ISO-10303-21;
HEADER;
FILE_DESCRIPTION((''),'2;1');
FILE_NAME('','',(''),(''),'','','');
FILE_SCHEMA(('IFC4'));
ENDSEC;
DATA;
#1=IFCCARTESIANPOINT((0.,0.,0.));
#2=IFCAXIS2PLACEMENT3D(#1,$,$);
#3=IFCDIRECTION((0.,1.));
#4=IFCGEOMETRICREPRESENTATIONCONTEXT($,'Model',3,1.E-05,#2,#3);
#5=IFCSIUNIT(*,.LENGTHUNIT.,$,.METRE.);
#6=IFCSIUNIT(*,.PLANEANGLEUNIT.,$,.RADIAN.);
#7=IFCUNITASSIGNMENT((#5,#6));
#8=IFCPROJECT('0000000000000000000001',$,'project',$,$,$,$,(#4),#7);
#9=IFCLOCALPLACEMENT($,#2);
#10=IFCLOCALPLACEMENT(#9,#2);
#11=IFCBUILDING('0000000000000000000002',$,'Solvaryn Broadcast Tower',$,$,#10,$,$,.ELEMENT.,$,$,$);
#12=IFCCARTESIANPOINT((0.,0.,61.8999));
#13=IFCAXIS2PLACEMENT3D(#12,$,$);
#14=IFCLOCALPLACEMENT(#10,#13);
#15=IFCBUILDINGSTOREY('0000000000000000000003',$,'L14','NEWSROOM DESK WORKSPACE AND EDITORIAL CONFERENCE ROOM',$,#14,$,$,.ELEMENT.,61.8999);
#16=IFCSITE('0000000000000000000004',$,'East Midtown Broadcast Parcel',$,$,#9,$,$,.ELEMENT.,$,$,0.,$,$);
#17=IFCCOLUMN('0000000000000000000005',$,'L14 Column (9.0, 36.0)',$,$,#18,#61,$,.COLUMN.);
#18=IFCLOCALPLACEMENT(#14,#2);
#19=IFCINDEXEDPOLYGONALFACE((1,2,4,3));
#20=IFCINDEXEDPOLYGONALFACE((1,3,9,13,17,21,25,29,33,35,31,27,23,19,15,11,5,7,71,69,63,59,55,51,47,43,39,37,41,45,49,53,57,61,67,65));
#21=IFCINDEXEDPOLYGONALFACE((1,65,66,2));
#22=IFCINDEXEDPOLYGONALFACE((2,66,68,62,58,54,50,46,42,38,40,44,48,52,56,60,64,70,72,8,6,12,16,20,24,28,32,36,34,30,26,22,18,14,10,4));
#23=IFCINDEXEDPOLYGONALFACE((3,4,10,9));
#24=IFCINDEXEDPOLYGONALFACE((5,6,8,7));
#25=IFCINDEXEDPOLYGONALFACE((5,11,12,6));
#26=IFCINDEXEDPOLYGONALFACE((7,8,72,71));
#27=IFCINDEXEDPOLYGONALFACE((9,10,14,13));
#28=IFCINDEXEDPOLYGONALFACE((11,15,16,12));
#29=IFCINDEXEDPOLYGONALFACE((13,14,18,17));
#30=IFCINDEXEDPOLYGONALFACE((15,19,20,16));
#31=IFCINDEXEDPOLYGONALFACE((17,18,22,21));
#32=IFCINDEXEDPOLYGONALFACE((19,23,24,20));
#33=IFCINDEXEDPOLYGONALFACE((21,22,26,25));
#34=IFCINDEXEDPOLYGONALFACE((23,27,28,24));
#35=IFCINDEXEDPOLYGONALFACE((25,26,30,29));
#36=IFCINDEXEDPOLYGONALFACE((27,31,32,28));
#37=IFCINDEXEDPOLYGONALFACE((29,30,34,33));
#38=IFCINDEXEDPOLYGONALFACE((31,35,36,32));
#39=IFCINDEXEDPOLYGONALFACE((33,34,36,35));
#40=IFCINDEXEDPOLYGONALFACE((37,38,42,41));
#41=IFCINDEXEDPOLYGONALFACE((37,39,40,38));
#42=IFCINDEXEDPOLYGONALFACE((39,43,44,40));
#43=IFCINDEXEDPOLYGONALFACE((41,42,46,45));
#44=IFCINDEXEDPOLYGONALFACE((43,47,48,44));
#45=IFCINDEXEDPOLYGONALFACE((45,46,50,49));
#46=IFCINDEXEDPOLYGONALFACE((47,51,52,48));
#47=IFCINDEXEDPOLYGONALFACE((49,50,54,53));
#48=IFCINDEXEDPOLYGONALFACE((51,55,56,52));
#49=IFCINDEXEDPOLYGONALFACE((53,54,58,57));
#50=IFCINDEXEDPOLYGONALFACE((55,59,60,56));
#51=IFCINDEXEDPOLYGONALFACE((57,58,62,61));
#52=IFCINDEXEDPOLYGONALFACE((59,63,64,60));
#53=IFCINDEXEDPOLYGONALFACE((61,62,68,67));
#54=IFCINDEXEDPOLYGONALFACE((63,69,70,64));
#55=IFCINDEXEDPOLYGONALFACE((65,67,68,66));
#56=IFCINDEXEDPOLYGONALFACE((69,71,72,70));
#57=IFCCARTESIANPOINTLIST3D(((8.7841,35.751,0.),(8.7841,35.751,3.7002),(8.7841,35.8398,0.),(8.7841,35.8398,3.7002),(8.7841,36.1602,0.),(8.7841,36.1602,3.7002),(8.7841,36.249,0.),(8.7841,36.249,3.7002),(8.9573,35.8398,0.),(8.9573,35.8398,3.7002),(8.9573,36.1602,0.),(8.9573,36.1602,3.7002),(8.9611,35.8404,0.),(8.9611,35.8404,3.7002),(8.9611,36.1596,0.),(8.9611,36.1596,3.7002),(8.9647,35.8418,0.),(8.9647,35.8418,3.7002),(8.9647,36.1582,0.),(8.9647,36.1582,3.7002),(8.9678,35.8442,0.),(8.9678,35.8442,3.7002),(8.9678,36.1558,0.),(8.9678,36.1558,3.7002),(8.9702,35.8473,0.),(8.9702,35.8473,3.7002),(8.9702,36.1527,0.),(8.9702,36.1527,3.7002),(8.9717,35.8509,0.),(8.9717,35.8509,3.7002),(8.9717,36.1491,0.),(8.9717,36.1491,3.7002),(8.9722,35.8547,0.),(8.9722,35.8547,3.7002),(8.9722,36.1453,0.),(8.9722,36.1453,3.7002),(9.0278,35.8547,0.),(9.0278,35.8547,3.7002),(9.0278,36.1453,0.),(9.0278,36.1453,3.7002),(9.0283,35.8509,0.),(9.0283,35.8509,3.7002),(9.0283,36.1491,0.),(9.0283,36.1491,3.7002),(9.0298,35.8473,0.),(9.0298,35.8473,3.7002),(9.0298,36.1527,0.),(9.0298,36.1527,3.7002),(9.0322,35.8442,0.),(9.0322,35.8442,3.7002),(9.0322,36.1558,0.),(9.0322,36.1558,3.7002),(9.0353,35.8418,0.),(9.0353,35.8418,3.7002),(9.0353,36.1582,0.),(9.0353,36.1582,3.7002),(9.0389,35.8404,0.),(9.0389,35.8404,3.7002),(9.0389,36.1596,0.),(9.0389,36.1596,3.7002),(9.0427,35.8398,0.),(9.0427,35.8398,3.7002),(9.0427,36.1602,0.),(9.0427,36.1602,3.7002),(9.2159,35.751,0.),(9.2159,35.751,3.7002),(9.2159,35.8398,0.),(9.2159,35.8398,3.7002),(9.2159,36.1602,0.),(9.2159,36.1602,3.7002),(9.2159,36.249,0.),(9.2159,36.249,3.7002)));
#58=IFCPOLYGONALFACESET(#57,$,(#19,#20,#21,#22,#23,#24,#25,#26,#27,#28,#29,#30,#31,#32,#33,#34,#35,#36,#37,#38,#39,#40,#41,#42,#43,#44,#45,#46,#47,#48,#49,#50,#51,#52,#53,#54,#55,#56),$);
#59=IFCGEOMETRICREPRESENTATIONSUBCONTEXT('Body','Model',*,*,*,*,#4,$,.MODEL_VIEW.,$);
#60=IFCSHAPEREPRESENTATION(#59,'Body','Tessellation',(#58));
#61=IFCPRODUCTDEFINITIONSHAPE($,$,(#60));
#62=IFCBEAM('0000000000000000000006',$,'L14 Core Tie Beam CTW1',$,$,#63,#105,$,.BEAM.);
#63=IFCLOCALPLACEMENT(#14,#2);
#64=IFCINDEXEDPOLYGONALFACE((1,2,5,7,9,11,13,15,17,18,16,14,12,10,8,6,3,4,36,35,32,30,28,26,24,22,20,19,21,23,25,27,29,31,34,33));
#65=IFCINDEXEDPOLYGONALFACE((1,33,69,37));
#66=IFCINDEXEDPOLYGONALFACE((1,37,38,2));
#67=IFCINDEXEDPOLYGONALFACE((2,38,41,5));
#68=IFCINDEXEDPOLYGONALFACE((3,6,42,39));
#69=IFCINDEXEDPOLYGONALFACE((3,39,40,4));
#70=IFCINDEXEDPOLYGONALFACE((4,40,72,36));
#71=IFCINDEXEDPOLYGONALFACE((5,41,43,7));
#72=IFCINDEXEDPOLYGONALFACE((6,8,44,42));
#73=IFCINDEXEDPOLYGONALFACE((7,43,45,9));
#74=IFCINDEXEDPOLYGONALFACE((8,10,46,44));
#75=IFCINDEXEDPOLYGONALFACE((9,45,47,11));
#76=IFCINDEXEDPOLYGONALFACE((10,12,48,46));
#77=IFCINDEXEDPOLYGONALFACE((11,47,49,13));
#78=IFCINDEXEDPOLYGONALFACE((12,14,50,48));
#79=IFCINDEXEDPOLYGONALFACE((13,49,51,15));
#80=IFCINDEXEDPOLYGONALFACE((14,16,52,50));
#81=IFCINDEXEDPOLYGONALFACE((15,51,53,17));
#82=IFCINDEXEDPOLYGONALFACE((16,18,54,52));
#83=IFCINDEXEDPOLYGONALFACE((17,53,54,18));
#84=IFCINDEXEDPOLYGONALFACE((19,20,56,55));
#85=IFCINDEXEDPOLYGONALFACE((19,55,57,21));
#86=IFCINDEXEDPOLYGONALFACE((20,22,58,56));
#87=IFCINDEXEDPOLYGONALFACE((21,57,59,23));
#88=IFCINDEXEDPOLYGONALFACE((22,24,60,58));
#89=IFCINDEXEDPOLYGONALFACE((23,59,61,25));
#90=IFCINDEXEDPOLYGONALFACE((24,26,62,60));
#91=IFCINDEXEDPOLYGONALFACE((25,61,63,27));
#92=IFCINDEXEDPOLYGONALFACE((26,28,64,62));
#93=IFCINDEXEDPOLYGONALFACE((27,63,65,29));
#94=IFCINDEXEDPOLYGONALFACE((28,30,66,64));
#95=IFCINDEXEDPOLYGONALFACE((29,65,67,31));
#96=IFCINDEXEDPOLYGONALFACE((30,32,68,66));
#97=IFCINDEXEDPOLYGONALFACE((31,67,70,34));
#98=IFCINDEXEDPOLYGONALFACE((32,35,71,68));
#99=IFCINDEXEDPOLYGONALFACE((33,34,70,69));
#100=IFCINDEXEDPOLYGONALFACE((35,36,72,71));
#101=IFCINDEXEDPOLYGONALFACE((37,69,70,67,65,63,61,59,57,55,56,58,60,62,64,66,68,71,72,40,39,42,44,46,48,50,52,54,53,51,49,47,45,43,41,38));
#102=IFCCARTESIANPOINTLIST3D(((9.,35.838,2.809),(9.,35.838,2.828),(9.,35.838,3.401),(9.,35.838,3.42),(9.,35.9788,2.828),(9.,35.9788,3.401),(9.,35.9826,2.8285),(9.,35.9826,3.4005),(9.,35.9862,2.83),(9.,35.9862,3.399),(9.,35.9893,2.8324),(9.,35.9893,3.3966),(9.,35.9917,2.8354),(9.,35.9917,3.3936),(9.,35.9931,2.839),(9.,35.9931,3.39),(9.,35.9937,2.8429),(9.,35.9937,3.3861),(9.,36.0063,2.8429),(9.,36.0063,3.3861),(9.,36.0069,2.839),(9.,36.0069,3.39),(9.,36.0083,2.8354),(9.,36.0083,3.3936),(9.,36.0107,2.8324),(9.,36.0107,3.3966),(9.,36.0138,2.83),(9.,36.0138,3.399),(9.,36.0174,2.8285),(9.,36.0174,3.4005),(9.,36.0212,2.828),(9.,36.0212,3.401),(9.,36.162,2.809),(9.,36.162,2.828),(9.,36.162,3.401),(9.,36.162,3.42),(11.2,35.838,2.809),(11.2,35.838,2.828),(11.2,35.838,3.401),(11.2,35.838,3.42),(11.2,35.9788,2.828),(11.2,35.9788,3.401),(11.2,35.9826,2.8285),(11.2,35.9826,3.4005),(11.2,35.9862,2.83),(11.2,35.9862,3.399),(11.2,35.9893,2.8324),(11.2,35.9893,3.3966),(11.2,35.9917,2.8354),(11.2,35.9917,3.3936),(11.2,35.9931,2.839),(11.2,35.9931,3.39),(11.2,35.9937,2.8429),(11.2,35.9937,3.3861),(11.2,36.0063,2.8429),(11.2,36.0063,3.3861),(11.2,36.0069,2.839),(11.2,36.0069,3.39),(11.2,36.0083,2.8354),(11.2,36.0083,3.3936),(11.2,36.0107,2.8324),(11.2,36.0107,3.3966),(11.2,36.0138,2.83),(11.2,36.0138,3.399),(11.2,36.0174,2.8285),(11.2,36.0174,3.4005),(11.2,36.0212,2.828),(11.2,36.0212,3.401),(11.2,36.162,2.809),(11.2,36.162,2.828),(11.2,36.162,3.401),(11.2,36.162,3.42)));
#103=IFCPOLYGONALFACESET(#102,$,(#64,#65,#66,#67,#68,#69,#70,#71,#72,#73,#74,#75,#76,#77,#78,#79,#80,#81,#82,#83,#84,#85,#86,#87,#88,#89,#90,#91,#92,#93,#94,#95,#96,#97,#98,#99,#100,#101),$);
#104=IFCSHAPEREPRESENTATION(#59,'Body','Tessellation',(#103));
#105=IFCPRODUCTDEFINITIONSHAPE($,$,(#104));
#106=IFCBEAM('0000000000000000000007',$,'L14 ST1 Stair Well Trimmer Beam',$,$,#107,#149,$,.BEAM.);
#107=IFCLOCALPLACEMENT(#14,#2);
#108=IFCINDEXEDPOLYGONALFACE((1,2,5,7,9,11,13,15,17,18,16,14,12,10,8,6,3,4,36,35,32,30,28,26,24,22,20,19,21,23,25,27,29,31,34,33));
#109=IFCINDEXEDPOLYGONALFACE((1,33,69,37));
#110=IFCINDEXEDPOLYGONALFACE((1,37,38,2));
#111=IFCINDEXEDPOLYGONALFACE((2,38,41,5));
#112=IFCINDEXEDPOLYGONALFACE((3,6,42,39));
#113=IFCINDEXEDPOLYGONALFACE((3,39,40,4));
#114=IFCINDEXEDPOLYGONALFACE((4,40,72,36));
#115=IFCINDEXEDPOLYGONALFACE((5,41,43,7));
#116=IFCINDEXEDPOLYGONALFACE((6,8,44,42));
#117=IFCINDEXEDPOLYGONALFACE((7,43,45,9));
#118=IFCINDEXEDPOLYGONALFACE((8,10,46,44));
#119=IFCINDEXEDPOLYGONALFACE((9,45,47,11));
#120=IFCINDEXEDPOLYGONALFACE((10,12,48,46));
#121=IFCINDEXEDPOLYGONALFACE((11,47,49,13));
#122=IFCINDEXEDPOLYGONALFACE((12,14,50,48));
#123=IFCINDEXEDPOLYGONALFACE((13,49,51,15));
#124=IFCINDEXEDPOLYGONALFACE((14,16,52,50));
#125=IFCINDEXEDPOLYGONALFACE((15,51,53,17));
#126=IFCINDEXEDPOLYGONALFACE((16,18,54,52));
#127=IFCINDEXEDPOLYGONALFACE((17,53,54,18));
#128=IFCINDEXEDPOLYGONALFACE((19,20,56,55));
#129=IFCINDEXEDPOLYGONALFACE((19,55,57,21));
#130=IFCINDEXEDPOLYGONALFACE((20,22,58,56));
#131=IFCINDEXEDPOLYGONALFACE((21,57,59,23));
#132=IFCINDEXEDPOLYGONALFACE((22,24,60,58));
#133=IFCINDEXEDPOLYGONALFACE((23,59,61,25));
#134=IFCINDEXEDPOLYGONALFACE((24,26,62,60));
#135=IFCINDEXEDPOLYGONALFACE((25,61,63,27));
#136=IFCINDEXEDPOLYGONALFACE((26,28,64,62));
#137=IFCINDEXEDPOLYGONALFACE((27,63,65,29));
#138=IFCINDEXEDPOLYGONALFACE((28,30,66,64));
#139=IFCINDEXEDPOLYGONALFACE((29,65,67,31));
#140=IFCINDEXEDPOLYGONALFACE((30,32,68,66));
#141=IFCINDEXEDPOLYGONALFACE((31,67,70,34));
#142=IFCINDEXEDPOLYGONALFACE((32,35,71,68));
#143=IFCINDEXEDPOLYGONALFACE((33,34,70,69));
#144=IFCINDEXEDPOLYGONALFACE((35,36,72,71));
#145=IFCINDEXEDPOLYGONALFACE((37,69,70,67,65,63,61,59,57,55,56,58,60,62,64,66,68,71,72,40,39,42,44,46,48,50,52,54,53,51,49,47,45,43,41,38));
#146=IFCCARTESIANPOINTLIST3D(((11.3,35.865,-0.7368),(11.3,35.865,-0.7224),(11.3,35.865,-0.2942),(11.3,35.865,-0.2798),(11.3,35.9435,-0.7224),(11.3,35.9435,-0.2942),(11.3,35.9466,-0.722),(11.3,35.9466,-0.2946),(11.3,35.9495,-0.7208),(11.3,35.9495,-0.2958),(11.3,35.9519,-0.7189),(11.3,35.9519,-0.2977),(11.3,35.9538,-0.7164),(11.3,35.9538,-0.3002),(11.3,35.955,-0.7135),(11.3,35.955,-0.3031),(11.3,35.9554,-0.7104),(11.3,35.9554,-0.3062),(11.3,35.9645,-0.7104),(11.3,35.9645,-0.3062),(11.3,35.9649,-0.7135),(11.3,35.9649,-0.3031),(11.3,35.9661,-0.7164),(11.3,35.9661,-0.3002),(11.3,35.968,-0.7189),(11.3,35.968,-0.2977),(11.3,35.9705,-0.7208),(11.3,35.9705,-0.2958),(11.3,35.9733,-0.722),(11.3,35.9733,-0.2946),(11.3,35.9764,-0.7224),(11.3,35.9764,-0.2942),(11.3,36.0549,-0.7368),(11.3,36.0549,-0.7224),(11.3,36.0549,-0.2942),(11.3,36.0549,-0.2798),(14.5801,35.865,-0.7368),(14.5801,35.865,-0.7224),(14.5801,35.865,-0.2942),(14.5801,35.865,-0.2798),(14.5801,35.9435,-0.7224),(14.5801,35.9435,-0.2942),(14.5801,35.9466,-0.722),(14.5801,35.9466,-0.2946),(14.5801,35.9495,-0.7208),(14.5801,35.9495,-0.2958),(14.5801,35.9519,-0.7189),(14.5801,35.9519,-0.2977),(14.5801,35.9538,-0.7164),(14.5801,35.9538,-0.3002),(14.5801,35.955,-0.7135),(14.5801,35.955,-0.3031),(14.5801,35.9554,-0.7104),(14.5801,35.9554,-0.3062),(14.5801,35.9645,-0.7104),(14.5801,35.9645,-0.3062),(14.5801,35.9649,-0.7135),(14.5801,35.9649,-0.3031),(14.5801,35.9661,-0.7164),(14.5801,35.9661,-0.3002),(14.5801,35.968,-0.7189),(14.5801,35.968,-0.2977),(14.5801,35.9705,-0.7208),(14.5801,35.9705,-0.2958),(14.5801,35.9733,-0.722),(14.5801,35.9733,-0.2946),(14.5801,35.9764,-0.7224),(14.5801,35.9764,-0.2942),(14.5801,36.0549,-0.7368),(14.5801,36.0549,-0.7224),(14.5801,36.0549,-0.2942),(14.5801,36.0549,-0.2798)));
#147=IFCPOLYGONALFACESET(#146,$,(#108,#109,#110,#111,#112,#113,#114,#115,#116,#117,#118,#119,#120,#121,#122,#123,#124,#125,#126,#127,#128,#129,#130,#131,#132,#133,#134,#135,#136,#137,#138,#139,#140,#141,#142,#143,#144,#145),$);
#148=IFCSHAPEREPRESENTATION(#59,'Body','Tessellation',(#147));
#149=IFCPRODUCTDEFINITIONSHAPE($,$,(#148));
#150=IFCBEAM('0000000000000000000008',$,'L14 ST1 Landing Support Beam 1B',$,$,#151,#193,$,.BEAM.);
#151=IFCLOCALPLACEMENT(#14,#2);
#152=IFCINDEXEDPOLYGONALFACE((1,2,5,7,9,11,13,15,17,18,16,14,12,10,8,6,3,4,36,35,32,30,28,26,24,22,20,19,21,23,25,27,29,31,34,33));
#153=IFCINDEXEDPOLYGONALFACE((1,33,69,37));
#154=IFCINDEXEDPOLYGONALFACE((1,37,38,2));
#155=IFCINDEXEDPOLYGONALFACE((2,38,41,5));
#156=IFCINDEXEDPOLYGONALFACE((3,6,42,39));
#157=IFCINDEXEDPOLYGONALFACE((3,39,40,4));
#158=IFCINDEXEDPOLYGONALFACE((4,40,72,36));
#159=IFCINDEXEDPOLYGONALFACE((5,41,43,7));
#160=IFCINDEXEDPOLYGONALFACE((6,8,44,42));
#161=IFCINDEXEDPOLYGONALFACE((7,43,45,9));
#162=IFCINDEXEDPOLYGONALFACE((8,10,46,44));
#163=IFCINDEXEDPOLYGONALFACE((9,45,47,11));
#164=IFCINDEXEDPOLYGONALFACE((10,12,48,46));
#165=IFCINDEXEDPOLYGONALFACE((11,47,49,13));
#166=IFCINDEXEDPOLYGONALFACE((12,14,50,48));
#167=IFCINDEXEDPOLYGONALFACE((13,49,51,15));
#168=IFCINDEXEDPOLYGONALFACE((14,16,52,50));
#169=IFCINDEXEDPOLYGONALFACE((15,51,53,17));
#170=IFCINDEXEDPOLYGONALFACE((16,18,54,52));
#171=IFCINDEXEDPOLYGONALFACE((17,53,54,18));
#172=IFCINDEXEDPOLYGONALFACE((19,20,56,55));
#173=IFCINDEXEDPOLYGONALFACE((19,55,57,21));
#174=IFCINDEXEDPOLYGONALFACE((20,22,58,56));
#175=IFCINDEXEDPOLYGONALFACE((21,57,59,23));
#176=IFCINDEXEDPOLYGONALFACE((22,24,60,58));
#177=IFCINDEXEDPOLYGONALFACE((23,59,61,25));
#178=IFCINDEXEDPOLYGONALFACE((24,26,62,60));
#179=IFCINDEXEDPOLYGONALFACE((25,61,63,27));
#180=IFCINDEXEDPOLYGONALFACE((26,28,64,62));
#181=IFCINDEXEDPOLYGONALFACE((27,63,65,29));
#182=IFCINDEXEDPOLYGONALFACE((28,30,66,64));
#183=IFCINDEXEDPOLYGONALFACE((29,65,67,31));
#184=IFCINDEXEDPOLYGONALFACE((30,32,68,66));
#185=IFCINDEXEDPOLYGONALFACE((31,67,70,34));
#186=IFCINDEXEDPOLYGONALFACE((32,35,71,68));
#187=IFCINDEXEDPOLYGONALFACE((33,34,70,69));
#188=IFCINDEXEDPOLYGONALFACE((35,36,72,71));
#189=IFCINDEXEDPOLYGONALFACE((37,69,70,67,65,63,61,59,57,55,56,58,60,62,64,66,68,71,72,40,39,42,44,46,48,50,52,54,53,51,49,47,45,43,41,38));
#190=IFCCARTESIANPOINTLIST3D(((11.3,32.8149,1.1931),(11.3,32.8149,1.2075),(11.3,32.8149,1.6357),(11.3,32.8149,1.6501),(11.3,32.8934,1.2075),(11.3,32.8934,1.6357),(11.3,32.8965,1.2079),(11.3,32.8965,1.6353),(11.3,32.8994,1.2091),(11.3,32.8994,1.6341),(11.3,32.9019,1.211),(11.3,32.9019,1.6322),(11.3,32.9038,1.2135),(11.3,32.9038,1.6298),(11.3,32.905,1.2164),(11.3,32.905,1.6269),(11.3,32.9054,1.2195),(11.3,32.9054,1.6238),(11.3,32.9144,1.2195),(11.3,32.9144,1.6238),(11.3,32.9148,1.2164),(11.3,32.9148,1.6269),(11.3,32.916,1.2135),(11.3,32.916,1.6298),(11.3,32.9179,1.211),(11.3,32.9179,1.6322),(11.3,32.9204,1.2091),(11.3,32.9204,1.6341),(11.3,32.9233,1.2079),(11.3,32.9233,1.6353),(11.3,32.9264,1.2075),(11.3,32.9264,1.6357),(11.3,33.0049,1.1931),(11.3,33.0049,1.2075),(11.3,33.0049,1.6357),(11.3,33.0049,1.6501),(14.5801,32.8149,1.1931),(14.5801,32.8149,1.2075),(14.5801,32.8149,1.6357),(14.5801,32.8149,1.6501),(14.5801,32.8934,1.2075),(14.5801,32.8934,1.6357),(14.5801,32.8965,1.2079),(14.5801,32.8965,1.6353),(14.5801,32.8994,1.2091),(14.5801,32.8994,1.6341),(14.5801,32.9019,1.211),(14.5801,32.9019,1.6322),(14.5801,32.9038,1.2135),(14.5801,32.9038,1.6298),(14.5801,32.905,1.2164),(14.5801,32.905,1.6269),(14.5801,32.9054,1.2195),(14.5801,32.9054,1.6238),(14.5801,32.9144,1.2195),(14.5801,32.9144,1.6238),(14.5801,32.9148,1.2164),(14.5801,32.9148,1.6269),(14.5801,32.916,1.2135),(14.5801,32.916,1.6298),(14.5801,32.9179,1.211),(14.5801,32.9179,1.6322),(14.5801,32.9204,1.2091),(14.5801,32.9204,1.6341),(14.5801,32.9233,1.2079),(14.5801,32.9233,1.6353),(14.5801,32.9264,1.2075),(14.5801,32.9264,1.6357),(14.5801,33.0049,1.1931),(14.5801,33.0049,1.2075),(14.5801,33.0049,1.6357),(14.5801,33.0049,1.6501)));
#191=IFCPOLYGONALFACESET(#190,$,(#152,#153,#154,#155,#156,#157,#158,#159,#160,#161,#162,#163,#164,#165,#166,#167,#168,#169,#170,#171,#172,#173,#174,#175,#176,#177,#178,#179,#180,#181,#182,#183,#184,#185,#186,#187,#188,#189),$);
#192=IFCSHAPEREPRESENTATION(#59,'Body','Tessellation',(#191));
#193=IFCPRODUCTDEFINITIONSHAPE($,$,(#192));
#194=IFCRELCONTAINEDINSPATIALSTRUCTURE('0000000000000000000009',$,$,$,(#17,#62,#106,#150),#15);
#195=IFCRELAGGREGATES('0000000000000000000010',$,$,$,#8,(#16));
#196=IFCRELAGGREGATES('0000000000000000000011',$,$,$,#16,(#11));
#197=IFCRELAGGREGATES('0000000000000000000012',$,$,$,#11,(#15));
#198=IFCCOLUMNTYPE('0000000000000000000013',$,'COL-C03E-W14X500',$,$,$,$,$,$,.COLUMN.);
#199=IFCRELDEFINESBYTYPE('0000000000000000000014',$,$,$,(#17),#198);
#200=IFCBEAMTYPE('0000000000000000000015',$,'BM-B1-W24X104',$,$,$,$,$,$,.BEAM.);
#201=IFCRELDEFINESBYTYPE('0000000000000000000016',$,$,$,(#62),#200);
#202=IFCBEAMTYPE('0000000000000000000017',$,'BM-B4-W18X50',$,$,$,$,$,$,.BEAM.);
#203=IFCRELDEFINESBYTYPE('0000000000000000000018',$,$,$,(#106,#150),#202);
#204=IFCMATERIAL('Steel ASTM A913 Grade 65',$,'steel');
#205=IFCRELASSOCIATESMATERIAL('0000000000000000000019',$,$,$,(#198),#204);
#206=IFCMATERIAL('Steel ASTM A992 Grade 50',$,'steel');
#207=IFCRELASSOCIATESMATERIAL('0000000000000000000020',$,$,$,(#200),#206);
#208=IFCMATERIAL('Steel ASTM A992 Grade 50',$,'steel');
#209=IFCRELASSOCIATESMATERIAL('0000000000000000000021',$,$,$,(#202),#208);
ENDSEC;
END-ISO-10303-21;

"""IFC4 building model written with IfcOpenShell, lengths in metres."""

from ifc_helpers import new_model, si_unit, direction, frame, origin, origin_2d, place, context, subcontext, project, spatial, i_section, extrude, material, material_profile, profile_set, type_object, element, save


model = new_model("IFC4")

# Units and contexts
model_context = context("Model", 3, precision=1e-05, world=origin(), true_north=direction((0.0, 1.0)))
body_context = subcontext(model_context, "Body", "Model", "MODEL_VIEW")
ifc_project = project(units=[si_unit("LENGTHUNIT", "METRE"), si_unit("PLANEANGLEUNIT", "RADIAN")], contexts=[model_context])

# Site, building, storey
site_placement = place(None, origin())
site = spatial("IfcSite", under=ifc_project, at=site_placement, Name="East Midtown Broadcast Parcel", CompositionType="ELEMENT", RefElevation=0.0)
building_placement = place(site_placement, origin())
building = spatial("IfcBuilding", under=site, at=building_placement, Name="Solvaryn Broadcast Tower", CompositionType="ELEMENT")
storey_placement = place(building_placement, frame((0.0, 0.0, 61.8999)))
storey = spatial("IfcBuildingStorey", under=building, at=storey_placement, Name="L14", Description="NEWSROOM DESK WORKSPACE AND EDITORIAL CONFERENCE ROOM", CompositionType="ELEMENT", Elevation=61.8999)

# Column
ifc_material_1 = material(Name="Steel ASTM A913 Grade 65", Category="steel")
ifc_material_profile_1 = material_profile(ifc_material_1, i_section(OverallWidth=0.4319, OverallDepth=0.498, WebThickness=0.0557, FlangeThickness=0.0889, FilletRadius=0.0149, at=origin_2d()))
ifc_profile_set_1 = profile_set([ifc_material_profile_1], Name="Steel ASTM A913 Grade 65")
column_type = type_object("IfcColumnType", Name="COL-C03E-W14X500", PredefinedType="COLUMN", material=ifc_profile_set_1)
column_placement = place(storey_placement, frame((9.0, 36.0, 0.0), z_axis=(0.0, 0.0, 1.0), x_axis=(1.0, 0.0, 0.0)))
element("IfcColumn", 1, at=column_placement, inside=storey, type_object=column_type, Name="L14 Column (9.0, 36.0)", PredefinedType="COLUMN", context=body_context, shape_type="SweptSolid", body=[
    extrude(i_section(OverallWidth=0.4319, OverallDepth=0.498, WebThickness=0.0557, FlangeThickness=0.0889, FilletRadius=0.0149, at=origin_2d()), origin(), (0.0, 0.0, 1.0), 3.7002),
])

# Beams
ifc_material_2 = material(Name="Steel ASTM A992 Grade 50", Category="steel")
ifc_material_profile_2 = material_profile(ifc_material_2, i_section(OverallWidth=0.324, OverallDepth=0.6111, WebThickness=0.0127, FlangeThickness=0.019, FilletRadius=0.0149, at=origin_2d()))
ifc_profile_set_2 = profile_set([ifc_material_profile_2], Name="Steel ASTM A992 Grade 50")
beam_type_1 = type_object("IfcBeamType", Name="BM-B1-W24X104", PredefinedType="BEAM", material=ifc_profile_set_2)
beam_1_placement = place(storey_placement, frame((9.0, 36.0, 3.1145), z_axis=(1.0, 0.0, 0.0), x_axis=(0.0, 1.0, 0.0)))
element("IfcBeam", 2, at=beam_1_placement, inside=storey, type_object=beam_type_1, Name="L14 Core Tie Beam CTW1", PredefinedType="BEAM", context=body_context, shape_type="SweptSolid", body=[
    extrude(i_section(OverallWidth=0.324, OverallDepth=0.6111, WebThickness=0.0127, FlangeThickness=0.019, FilletRadius=0.0149, at=origin_2d()), origin(), (0.0, 0.0, 1.0), 2.2),
])
ifc_material_3 = material(Name="Steel ASTM A992 Grade 50", Category="steel")
ifc_material_profile_3 = material_profile(ifc_material_3, i_section(OverallWidth=0.1899, OverallDepth=0.457, WebThickness=0.009, FlangeThickness=0.0144, FilletRadius=0.012, at=origin_2d()))
ifc_profile_set_3 = profile_set([ifc_material_profile_3], Name="Steel ASTM A992 Grade 50")
beam_type_2 = type_object("IfcBeamType", Name="BM-B4-W18X50", PredefinedType="BEAM", material=ifc_profile_set_3)
for number, where, z_axis, x_axis, name in (
    (3, (11.3, 35.96, -0.5083), (1.0, 0.0, 0.0), (0.0, 1.0, 0.0), "L14 ST1 Stair Well Trimmer Beam"),
    (4, (11.3, 32.9099, 1.4216), (1.0, 0.0, 0.0), (0.0, 1.0, 0.0), "L14 ST1 Landing Support Beam 1B"),
):
    element("IfcBeam", number, at=place(storey_placement, frame(where, z_axis=z_axis, x_axis=x_axis)), inside=storey, type_object=beam_type_2, Name=name, PredefinedType="BEAM", context=body_context, shape_type="SweptSolid", body=[
        extrude(i_section(OverallWidth=0.1899, OverallDepth=0.457, WebThickness=0.009, FlangeThickness=0.0144, FilletRadius=0.012, at=origin_2d()), origin(), (0.0, 0.0, 1.0), 3.28),
    ])

save(model, "model.ifc")
